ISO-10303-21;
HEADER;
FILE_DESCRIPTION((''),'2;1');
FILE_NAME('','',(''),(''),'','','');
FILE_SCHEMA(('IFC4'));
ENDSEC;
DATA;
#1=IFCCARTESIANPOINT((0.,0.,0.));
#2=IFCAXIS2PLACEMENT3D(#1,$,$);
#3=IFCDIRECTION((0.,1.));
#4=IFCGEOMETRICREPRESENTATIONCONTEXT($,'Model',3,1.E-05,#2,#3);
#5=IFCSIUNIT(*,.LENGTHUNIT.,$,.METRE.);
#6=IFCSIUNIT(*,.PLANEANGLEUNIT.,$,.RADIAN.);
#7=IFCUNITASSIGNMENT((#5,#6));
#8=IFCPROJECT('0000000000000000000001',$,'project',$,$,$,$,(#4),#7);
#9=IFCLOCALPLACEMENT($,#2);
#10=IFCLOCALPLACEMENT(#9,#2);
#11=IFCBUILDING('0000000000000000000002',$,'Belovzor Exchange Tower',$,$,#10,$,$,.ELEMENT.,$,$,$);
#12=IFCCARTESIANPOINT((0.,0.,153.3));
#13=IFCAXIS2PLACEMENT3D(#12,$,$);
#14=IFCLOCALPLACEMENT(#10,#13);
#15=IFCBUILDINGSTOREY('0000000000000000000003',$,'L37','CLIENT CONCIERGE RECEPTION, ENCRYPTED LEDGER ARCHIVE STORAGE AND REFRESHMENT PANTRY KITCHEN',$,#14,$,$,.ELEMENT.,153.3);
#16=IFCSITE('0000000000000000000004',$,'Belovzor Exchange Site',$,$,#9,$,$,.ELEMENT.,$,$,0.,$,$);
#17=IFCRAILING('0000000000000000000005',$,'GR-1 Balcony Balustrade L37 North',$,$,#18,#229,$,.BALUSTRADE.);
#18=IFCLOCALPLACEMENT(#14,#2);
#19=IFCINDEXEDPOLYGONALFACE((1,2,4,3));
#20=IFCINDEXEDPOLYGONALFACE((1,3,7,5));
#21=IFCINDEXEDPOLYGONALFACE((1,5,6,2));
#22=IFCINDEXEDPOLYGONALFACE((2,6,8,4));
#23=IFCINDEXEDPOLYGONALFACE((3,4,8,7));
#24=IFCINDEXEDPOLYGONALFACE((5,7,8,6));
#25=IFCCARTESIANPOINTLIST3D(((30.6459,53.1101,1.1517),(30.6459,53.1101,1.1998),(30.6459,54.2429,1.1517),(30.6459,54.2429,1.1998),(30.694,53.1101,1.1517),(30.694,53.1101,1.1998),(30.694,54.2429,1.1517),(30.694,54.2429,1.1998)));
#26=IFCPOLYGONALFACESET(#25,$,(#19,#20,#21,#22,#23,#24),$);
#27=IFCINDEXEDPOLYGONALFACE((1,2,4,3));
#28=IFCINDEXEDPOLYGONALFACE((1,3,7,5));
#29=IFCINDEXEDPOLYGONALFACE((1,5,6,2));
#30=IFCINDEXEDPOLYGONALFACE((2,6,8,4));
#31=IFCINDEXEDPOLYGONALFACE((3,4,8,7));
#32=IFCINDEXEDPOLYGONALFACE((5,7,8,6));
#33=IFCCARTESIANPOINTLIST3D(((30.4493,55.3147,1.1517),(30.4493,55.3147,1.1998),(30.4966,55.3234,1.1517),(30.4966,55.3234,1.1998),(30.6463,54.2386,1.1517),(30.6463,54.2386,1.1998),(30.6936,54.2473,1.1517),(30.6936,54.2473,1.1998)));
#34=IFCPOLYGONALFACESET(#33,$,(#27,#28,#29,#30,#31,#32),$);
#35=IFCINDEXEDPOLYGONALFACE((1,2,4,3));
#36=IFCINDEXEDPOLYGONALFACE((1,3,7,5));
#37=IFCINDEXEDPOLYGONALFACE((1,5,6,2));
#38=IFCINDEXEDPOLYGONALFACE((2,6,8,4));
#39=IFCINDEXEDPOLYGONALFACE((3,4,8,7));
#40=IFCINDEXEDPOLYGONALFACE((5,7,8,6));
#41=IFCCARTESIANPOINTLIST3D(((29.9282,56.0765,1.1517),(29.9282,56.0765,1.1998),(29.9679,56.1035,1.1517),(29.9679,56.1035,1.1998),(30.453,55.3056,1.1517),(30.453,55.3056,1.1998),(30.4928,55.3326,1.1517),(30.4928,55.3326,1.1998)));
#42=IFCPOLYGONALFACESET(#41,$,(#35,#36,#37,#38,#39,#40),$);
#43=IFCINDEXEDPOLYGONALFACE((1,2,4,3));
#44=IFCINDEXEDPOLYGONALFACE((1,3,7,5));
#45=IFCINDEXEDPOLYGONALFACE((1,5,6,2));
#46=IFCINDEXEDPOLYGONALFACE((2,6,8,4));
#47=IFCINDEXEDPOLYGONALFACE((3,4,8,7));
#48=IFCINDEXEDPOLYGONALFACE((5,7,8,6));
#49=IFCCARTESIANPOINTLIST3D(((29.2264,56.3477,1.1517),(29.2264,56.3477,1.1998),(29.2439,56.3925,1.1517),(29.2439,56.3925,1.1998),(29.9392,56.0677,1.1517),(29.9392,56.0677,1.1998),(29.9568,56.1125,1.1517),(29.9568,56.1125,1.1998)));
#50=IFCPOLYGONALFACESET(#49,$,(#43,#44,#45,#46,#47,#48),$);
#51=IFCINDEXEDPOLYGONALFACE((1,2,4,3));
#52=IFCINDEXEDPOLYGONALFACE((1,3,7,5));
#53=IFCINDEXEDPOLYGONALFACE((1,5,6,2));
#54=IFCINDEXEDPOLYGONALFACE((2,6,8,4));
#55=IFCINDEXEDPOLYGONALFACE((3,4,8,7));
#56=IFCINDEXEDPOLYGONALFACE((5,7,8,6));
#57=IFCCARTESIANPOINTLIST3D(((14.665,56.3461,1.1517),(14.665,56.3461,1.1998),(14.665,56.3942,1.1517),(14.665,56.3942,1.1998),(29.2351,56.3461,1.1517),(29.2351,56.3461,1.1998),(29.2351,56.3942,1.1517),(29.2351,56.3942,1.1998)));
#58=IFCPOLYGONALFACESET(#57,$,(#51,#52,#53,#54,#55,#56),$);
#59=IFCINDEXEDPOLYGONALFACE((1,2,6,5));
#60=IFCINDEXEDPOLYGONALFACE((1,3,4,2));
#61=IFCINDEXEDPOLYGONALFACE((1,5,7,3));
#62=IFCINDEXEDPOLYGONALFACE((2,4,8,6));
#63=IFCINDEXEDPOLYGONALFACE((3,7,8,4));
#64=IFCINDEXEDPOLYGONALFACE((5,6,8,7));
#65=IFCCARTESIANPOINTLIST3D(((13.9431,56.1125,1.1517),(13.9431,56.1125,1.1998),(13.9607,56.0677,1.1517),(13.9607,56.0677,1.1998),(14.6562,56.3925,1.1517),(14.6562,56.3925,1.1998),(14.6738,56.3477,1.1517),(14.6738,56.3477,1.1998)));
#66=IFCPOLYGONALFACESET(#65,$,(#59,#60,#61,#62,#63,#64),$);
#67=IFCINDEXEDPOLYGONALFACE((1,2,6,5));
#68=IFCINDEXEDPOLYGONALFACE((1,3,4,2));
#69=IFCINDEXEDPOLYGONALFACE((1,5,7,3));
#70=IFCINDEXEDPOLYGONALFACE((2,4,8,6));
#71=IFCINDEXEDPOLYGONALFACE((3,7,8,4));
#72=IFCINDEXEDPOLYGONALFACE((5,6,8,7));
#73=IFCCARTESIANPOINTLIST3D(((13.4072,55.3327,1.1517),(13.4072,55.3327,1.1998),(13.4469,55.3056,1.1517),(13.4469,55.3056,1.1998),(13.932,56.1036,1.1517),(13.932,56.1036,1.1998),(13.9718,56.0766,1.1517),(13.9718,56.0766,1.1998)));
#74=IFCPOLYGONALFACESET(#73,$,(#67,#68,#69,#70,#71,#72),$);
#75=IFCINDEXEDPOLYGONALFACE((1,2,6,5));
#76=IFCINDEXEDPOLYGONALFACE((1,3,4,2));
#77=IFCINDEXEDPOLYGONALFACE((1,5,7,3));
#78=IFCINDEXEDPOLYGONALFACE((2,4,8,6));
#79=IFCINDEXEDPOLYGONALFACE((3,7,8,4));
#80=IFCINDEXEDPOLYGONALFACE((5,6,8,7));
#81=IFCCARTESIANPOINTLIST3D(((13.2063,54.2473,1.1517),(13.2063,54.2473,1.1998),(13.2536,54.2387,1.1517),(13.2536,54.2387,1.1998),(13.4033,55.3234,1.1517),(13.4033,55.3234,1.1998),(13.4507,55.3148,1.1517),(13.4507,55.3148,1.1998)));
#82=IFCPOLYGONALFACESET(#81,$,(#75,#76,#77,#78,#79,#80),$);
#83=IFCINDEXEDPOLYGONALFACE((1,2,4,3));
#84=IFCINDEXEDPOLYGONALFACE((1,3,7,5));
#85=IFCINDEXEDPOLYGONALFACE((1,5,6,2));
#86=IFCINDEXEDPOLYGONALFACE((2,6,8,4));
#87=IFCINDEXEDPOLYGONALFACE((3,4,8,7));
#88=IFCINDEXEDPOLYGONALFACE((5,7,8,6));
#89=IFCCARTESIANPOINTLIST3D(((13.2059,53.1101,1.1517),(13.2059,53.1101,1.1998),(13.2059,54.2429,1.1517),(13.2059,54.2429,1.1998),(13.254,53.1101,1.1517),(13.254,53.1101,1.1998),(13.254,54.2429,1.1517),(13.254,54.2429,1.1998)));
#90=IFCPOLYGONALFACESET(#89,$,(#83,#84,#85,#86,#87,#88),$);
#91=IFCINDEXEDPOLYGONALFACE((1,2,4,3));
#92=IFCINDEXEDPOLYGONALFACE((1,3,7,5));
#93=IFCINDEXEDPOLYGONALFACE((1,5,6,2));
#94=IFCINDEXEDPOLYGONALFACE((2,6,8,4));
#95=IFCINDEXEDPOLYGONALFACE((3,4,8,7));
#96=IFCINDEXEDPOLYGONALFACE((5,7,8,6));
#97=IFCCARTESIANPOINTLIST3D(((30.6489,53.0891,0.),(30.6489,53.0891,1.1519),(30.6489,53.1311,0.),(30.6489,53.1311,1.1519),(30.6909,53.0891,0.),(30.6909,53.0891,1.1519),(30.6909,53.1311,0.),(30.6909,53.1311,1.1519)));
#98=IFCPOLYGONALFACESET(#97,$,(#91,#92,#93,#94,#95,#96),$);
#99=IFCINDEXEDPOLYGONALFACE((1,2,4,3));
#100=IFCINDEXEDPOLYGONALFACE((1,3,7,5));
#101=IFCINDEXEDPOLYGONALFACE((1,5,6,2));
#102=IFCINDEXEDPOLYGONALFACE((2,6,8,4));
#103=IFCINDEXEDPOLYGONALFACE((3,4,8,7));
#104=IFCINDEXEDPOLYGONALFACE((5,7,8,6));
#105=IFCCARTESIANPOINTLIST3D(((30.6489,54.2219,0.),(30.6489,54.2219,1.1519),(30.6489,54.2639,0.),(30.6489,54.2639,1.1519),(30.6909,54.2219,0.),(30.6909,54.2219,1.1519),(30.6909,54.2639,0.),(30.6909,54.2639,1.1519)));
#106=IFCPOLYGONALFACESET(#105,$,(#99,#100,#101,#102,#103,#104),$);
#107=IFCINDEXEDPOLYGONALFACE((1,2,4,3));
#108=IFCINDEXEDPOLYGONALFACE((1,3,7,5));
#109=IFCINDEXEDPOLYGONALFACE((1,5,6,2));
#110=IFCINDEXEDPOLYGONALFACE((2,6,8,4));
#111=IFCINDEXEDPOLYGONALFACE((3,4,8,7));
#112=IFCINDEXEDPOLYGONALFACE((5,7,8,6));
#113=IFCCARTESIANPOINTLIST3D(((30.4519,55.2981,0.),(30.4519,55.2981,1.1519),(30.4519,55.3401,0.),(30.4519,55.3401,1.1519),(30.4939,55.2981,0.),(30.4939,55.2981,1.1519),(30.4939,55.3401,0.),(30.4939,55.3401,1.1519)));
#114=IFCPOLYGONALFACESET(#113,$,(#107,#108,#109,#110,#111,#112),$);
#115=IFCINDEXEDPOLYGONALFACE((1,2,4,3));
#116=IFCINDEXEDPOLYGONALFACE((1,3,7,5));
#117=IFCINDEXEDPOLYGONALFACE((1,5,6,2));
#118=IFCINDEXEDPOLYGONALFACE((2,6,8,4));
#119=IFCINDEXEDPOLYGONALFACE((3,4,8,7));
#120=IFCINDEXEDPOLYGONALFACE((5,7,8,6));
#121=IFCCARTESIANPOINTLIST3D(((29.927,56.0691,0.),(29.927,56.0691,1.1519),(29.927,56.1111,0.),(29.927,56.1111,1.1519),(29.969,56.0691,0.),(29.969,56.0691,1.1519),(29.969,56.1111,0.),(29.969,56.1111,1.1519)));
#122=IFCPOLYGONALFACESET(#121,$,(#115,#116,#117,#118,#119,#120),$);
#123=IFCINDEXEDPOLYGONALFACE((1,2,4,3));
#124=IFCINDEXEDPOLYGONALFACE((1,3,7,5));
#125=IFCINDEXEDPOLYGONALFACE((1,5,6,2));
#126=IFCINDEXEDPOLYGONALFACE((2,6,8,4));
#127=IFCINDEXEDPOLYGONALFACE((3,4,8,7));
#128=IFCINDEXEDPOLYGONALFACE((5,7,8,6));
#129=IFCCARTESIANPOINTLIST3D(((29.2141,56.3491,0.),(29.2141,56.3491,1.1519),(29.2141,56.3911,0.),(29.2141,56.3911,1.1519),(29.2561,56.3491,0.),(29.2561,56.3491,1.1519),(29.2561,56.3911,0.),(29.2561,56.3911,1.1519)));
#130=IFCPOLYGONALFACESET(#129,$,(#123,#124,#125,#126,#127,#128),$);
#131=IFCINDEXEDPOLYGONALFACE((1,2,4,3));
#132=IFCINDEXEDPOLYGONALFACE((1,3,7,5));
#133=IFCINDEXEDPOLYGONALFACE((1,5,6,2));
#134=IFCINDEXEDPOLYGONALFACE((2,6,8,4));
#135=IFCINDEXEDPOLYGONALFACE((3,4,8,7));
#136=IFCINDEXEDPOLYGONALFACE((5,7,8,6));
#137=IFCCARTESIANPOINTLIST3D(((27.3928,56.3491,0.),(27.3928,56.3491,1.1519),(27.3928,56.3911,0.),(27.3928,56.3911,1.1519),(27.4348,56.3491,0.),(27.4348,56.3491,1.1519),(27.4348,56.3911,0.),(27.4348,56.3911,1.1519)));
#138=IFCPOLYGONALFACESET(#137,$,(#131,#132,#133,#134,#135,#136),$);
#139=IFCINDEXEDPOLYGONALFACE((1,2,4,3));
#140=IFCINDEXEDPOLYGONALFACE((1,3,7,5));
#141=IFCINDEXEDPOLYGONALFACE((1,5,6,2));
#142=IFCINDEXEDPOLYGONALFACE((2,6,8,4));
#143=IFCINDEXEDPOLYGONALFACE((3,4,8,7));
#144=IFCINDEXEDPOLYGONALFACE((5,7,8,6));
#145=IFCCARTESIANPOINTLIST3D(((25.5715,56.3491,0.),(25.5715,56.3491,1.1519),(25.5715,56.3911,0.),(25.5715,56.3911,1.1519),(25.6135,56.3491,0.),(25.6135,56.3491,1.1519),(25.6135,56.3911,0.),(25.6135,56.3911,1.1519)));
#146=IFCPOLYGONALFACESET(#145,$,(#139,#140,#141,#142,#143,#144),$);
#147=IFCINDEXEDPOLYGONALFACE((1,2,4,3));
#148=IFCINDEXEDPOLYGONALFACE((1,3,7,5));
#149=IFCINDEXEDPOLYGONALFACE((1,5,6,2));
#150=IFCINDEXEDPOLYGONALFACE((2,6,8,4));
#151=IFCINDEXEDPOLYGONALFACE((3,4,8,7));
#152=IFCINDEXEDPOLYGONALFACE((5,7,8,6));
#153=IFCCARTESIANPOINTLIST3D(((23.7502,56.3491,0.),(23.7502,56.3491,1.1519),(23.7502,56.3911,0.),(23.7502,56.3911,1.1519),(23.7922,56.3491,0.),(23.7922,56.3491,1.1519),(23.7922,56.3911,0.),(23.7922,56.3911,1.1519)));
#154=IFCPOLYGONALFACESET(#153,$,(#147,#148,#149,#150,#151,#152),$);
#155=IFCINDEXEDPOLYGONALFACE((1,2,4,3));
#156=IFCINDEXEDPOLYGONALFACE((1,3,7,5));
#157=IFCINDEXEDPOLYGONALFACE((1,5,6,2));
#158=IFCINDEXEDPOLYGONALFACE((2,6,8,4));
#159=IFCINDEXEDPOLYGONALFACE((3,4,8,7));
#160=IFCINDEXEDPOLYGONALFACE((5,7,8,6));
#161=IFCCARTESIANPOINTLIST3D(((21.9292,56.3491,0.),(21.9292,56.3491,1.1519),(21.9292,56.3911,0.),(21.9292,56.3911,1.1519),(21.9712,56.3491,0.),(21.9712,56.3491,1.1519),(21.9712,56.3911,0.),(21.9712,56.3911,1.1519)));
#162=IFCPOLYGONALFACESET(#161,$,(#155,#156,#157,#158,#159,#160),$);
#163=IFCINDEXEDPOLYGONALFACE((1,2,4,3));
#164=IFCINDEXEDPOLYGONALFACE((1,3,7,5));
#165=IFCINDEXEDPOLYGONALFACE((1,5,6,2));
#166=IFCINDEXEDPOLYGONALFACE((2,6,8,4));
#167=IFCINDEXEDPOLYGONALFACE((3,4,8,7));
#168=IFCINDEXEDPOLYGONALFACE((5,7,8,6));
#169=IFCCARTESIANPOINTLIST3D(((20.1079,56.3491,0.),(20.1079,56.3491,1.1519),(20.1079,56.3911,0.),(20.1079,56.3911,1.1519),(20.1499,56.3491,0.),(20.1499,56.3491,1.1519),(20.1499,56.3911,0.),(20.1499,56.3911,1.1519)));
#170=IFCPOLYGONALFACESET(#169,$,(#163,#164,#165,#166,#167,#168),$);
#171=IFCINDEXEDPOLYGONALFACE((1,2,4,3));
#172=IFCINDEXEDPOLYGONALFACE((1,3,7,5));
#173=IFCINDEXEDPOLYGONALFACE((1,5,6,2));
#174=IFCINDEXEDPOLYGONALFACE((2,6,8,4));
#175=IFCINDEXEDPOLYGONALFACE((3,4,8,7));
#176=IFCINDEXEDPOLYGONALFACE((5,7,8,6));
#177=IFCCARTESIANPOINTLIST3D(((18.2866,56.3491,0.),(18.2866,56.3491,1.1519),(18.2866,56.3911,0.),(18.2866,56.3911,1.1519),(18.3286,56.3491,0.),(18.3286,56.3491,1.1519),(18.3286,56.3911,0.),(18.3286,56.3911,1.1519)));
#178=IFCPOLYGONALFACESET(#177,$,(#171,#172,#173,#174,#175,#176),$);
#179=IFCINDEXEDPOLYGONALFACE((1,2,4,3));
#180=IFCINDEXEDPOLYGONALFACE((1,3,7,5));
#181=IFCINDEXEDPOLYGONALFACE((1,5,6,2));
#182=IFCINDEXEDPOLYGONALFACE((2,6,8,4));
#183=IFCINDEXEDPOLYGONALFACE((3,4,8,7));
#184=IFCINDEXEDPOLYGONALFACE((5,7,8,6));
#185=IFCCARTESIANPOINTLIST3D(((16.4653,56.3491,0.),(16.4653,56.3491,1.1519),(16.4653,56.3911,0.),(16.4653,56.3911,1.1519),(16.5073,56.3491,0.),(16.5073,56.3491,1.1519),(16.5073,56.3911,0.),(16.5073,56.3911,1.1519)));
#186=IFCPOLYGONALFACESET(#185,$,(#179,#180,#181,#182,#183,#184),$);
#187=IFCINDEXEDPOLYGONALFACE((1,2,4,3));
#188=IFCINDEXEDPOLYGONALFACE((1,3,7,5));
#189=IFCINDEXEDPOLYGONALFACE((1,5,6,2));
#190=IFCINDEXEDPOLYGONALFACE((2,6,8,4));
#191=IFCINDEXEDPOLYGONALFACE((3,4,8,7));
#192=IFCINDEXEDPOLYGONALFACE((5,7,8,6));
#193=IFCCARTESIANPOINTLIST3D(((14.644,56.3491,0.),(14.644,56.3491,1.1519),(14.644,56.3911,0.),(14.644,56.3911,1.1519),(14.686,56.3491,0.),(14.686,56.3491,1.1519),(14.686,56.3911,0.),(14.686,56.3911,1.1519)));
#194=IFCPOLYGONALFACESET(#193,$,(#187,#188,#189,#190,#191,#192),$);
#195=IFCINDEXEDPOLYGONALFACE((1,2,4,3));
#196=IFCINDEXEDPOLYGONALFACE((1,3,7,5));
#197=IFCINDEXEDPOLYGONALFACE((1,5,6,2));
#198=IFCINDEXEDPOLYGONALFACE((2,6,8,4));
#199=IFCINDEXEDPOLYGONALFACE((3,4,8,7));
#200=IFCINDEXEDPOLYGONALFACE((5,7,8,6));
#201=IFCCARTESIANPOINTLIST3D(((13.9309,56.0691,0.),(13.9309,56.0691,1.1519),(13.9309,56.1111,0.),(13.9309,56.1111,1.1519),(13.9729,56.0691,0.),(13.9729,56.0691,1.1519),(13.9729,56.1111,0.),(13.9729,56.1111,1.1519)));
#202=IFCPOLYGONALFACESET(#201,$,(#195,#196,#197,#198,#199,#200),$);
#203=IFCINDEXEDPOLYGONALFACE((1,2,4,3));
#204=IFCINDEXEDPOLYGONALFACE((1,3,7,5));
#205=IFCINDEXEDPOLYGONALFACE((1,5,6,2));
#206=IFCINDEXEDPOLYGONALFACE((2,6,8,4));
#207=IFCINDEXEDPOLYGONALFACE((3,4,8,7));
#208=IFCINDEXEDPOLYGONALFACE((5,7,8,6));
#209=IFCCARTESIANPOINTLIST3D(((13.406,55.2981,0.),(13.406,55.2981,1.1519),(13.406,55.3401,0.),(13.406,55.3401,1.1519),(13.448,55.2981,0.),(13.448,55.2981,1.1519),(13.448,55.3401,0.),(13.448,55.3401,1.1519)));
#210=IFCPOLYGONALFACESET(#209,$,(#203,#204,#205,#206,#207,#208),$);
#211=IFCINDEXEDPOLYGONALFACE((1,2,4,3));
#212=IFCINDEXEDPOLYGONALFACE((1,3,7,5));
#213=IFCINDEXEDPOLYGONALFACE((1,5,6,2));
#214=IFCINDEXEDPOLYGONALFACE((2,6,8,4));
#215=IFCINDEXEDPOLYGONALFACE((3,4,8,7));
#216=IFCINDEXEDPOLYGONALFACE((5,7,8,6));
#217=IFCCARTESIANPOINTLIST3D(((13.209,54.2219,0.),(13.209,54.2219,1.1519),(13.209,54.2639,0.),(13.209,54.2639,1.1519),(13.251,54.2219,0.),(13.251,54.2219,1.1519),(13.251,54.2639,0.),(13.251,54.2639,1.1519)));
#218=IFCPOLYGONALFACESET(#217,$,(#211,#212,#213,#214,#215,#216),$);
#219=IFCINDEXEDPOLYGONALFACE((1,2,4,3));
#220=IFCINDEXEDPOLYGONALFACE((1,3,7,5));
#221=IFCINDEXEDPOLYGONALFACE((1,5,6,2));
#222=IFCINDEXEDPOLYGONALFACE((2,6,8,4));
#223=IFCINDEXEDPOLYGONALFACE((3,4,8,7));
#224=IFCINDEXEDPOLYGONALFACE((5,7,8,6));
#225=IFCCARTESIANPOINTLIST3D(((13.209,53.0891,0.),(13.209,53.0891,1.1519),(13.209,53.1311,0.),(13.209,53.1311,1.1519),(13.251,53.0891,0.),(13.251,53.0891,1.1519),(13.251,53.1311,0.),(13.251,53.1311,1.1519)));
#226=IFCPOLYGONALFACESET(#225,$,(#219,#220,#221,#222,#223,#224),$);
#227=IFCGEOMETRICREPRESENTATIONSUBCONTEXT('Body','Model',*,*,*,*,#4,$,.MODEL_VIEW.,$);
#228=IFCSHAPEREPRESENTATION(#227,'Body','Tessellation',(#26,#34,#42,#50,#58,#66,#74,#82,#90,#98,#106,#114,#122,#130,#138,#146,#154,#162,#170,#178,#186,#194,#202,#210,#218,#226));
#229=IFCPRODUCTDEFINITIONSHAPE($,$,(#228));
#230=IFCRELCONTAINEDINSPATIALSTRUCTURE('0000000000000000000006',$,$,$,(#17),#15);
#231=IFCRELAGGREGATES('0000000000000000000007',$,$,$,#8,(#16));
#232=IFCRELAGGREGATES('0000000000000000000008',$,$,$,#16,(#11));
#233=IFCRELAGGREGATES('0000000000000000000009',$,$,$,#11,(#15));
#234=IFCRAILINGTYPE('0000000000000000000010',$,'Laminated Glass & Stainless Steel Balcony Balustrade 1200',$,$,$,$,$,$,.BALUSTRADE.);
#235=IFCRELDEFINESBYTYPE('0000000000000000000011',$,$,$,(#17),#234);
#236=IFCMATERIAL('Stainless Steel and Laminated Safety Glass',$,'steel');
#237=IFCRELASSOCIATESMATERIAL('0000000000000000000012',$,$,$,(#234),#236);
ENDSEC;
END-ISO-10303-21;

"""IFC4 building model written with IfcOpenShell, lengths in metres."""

from ifc_helpers import new_model, si_unit, direction, frame, origin, origin_2d, place, context, subcontext, project, spatial, rectangle, extrude, material, type_object, element, save


model = new_model("IFC4")

# Units and contexts
model_context = context("Model", 3, precision=1e-05, world=origin(), true_north=direction((0.0, 1.0)))
body_context = subcontext(model_context, "Body", "Model", "MODEL_VIEW")
ifc_project = project(units=[si_unit("LENGTHUNIT", "METRE"), si_unit("PLANEANGLEUNIT", "RADIAN")], contexts=[model_context])

# Site, building, storey
site_placement = place(None, origin())
site = spatial("IfcSite", under=ifc_project, at=site_placement, Name="Belovzor Exchange Site", CompositionType="ELEMENT", RefElevation=0.0)
building_placement = place(site_placement, origin())
building = spatial("IfcBuilding", under=site, at=building_placement, Name="Belovzor Exchange Tower", CompositionType="ELEMENT")
storey_placement = place(building_placement, frame((0.0, 0.0, 153.3)))
storey = spatial("IfcBuildingStorey", under=building, at=storey_placement, Name="L37", Description="CLIENT CONCIERGE RECEPTION, ENCRYPTED LEDGER ARCHIVE STORAGE AND REFRESHMENT PANTRY KITCHEN", CompositionType="ELEMENT", Elevation=153.3)

# Railing
ifc_material_1 = material(Name="Stainless Steel and Laminated Safety Glass", Category="steel")
railing_type = type_object("IfcRailingType", Name="Laminated Glass & Stainless Steel Balcony Balustrade 1200", PredefinedType="BALUSTRADE", material=ifc_material_1)
railing_placement = place(storey_placement, frame((30.6699, 53.1101, 0.0)))
element("IfcRailing", 1, at=railing_placement, inside=storey, type_object=railing_type, Name="GR-1 Balcony Balustrade L37 North", PredefinedType="BALUSTRADE", context=body_context, shape_type="SweptSolid", body=[
    extrude(rectangle(XDim=0.0481, YDim=0.0481, at=origin_2d()), frame((0.0, 0.0, 1.1758), z_axis=(0.0, 1.0, 0.0), x_axis=(-1.0, 0.0, 0.0)), (0.0, 0.0, 1.0), 1.1328),
    extrude(rectangle(XDim=0.0481, YDim=0.0481, at=origin_2d()), frame((0.0, 1.1328, 1.1758), z_axis=(-0.180083, 0.983651, 0.0), x_axis=(-0.983651, -0.180083, 0.0)), (0.0, 0.0, 1.0), 1.094),
    extrude(rectangle(XDim=0.0481, YDim=0.0481, at=origin_2d()), frame((-0.197, 2.209, 1.1758), z_axis=(-0.562768, 0.826615, 0.0), x_axis=(-0.826615, -0.562768, 0.0)), (0.0, 0.0, 1.0), 0.9326),
    extrude(rectangle(XDim=0.0481, YDim=0.0481, at=origin_2d()), frame((-0.7219, 2.98, 1.1758), z_axis=(-0.930767, 0.365613, 0.0), x_axis=(-0.365613, -0.930767, 0.0)), (0.0, 0.0, 1.0), 0.7659),
    extrude(rectangle(XDim=0.0481, YDim=0.0481, at=origin_2d()), frame((-1.4348, 3.26, 1.1758), z_axis=(-1.0, 0.0, 0.0), x_axis=(0.0, -1.0, 0.0)), (0.0, 0.0, 1.0), 14.5701),
    extrude(rectangle(XDim=0.0481, YDim=0.0481, at=origin_2d()), frame((-16.0049, 3.26, 1.1758), z_axis=(-0.93081, -0.365504, 0.0), x_axis=(0.365504, -0.93081, 0.0)), (0.0, 0.0, 1.0), 0.7661),
    extrude(rectangle(XDim=0.0481, YDim=0.0481, at=origin_2d()), frame((-16.718, 2.98, 1.1758), z_axis=(-0.562768, -0.826615, 0.0), x_axis=(0.826615, -0.562768, 0.0)), (0.0, 0.0, 1.0), 0.9326),
    extrude(rectangle(XDim=0.0481, YDim=0.0481, at=origin_2d()), frame((-17.2429, 2.209, 1.1758), z_axis=(-0.180083, -0.983651, 0.0), x_axis=(0.983651, -0.180083, 0.0)), (0.0, 0.0, 1.0), 1.094),
    extrude(rectangle(XDim=0.0481, YDim=0.0481, at=origin_2d()), frame((-17.4399, 1.1328, 1.1758), z_axis=(0.0, -1.0, 0.0), x_axis=(1.0, 0.0, 0.0)), (0.0, 0.0, 1.0), 1.1328),
    extrude(rectangle(XDim=0.042, YDim=0.042, at=origin_2d()), origin(), (0.0, 0.0, 1.0), 1.1519),
    extrude(rectangle(XDim=0.042, YDim=0.042, at=origin_2d()), frame((0.0, 1.1328, 0.0)), (0.0, 0.0, 1.0), 1.1519),
    extrude(rectangle(XDim=0.042, YDim=0.042, at=origin_2d()), frame((-0.197, 2.209, 0.0)), (0.0, 0.0, 1.0), 1.1519),
    extrude(rectangle(XDim=0.042, YDim=0.042, at=origin_2d()), frame((-0.7219, 2.98, 0.0)), (0.0, 0.0, 1.0), 1.1519),
    extrude(rectangle(XDim=0.042, YDim=0.042, at=origin_2d()), frame((-1.4348, 3.26, 0.0)), (0.0, 0.0, 1.0), 1.1519),
    extrude(rectangle(XDim=0.042, YDim=0.042, at=origin_2d()), frame((-3.2561, 3.26, 0.0)), (0.0, 0.0, 1.0), 1.1519),
    extrude(rectangle(XDim=0.042, YDim=0.042, at=origin_2d()), frame((-5.0774, 3.26, 0.0)), (0.0, 0.0, 1.0), 1.1519),
    extrude(rectangle(XDim=0.042, YDim=0.042, at=origin_2d()), frame((-6.8987, 3.26, 0.0)), (0.0, 0.0, 1.0), 1.1519),
    extrude(rectangle(XDim=0.042, YDim=0.042, at=origin_2d()), frame((-8.7197, 3.26, 0.0)), (0.0, 0.0, 1.0), 1.1519),
    extrude(rectangle(XDim=0.042, YDim=0.042, at=origin_2d()), frame((-10.541, 3.26, 0.0)), (0.0, 0.0, 1.0), 1.1519),
    extrude(rectangle(XDim=0.042, YDim=0.042, at=origin_2d()), frame((-12.3623, 3.26, 0.0)), (0.0, 0.0, 1.0), 1.1519),
    extrude(rectangle(XDim=0.042, YDim=0.042, at=origin_2d()), frame((-14.1836, 3.26, 0.0)), (0.0, 0.0, 1.0), 1.1519),
    extrude(rectangle(XDim=0.042, YDim=0.042, at=origin_2d()), frame((-16.0049, 3.26, 0.0)), (0.0, 0.0, 1.0), 1.1519),
    extrude(rectangle(XDim=0.042, YDim=0.042, at=origin_2d()), frame((-16.718, 2.98, 0.0)), (0.0, 0.0, 1.0), 1.1519),
    extrude(rectangle(XDim=0.042, YDim=0.042, at=origin_2d()), frame((-17.2429, 2.209, 0.0)), (0.0, 0.0, 1.0), 1.1519),
    extrude(rectangle(XDim=0.042, YDim=0.042, at=origin_2d()), frame((-17.4399, 1.1328, 0.0)), (0.0, 0.0, 1.0), 1.1519),
    extrude(rectangle(XDim=0.042, YDim=0.042, at=origin_2d()), frame((-17.4399, 0.0, 0.0)), (0.0, 0.0, 1.0), 1.1519),
])

save(model, "model.ifc")
